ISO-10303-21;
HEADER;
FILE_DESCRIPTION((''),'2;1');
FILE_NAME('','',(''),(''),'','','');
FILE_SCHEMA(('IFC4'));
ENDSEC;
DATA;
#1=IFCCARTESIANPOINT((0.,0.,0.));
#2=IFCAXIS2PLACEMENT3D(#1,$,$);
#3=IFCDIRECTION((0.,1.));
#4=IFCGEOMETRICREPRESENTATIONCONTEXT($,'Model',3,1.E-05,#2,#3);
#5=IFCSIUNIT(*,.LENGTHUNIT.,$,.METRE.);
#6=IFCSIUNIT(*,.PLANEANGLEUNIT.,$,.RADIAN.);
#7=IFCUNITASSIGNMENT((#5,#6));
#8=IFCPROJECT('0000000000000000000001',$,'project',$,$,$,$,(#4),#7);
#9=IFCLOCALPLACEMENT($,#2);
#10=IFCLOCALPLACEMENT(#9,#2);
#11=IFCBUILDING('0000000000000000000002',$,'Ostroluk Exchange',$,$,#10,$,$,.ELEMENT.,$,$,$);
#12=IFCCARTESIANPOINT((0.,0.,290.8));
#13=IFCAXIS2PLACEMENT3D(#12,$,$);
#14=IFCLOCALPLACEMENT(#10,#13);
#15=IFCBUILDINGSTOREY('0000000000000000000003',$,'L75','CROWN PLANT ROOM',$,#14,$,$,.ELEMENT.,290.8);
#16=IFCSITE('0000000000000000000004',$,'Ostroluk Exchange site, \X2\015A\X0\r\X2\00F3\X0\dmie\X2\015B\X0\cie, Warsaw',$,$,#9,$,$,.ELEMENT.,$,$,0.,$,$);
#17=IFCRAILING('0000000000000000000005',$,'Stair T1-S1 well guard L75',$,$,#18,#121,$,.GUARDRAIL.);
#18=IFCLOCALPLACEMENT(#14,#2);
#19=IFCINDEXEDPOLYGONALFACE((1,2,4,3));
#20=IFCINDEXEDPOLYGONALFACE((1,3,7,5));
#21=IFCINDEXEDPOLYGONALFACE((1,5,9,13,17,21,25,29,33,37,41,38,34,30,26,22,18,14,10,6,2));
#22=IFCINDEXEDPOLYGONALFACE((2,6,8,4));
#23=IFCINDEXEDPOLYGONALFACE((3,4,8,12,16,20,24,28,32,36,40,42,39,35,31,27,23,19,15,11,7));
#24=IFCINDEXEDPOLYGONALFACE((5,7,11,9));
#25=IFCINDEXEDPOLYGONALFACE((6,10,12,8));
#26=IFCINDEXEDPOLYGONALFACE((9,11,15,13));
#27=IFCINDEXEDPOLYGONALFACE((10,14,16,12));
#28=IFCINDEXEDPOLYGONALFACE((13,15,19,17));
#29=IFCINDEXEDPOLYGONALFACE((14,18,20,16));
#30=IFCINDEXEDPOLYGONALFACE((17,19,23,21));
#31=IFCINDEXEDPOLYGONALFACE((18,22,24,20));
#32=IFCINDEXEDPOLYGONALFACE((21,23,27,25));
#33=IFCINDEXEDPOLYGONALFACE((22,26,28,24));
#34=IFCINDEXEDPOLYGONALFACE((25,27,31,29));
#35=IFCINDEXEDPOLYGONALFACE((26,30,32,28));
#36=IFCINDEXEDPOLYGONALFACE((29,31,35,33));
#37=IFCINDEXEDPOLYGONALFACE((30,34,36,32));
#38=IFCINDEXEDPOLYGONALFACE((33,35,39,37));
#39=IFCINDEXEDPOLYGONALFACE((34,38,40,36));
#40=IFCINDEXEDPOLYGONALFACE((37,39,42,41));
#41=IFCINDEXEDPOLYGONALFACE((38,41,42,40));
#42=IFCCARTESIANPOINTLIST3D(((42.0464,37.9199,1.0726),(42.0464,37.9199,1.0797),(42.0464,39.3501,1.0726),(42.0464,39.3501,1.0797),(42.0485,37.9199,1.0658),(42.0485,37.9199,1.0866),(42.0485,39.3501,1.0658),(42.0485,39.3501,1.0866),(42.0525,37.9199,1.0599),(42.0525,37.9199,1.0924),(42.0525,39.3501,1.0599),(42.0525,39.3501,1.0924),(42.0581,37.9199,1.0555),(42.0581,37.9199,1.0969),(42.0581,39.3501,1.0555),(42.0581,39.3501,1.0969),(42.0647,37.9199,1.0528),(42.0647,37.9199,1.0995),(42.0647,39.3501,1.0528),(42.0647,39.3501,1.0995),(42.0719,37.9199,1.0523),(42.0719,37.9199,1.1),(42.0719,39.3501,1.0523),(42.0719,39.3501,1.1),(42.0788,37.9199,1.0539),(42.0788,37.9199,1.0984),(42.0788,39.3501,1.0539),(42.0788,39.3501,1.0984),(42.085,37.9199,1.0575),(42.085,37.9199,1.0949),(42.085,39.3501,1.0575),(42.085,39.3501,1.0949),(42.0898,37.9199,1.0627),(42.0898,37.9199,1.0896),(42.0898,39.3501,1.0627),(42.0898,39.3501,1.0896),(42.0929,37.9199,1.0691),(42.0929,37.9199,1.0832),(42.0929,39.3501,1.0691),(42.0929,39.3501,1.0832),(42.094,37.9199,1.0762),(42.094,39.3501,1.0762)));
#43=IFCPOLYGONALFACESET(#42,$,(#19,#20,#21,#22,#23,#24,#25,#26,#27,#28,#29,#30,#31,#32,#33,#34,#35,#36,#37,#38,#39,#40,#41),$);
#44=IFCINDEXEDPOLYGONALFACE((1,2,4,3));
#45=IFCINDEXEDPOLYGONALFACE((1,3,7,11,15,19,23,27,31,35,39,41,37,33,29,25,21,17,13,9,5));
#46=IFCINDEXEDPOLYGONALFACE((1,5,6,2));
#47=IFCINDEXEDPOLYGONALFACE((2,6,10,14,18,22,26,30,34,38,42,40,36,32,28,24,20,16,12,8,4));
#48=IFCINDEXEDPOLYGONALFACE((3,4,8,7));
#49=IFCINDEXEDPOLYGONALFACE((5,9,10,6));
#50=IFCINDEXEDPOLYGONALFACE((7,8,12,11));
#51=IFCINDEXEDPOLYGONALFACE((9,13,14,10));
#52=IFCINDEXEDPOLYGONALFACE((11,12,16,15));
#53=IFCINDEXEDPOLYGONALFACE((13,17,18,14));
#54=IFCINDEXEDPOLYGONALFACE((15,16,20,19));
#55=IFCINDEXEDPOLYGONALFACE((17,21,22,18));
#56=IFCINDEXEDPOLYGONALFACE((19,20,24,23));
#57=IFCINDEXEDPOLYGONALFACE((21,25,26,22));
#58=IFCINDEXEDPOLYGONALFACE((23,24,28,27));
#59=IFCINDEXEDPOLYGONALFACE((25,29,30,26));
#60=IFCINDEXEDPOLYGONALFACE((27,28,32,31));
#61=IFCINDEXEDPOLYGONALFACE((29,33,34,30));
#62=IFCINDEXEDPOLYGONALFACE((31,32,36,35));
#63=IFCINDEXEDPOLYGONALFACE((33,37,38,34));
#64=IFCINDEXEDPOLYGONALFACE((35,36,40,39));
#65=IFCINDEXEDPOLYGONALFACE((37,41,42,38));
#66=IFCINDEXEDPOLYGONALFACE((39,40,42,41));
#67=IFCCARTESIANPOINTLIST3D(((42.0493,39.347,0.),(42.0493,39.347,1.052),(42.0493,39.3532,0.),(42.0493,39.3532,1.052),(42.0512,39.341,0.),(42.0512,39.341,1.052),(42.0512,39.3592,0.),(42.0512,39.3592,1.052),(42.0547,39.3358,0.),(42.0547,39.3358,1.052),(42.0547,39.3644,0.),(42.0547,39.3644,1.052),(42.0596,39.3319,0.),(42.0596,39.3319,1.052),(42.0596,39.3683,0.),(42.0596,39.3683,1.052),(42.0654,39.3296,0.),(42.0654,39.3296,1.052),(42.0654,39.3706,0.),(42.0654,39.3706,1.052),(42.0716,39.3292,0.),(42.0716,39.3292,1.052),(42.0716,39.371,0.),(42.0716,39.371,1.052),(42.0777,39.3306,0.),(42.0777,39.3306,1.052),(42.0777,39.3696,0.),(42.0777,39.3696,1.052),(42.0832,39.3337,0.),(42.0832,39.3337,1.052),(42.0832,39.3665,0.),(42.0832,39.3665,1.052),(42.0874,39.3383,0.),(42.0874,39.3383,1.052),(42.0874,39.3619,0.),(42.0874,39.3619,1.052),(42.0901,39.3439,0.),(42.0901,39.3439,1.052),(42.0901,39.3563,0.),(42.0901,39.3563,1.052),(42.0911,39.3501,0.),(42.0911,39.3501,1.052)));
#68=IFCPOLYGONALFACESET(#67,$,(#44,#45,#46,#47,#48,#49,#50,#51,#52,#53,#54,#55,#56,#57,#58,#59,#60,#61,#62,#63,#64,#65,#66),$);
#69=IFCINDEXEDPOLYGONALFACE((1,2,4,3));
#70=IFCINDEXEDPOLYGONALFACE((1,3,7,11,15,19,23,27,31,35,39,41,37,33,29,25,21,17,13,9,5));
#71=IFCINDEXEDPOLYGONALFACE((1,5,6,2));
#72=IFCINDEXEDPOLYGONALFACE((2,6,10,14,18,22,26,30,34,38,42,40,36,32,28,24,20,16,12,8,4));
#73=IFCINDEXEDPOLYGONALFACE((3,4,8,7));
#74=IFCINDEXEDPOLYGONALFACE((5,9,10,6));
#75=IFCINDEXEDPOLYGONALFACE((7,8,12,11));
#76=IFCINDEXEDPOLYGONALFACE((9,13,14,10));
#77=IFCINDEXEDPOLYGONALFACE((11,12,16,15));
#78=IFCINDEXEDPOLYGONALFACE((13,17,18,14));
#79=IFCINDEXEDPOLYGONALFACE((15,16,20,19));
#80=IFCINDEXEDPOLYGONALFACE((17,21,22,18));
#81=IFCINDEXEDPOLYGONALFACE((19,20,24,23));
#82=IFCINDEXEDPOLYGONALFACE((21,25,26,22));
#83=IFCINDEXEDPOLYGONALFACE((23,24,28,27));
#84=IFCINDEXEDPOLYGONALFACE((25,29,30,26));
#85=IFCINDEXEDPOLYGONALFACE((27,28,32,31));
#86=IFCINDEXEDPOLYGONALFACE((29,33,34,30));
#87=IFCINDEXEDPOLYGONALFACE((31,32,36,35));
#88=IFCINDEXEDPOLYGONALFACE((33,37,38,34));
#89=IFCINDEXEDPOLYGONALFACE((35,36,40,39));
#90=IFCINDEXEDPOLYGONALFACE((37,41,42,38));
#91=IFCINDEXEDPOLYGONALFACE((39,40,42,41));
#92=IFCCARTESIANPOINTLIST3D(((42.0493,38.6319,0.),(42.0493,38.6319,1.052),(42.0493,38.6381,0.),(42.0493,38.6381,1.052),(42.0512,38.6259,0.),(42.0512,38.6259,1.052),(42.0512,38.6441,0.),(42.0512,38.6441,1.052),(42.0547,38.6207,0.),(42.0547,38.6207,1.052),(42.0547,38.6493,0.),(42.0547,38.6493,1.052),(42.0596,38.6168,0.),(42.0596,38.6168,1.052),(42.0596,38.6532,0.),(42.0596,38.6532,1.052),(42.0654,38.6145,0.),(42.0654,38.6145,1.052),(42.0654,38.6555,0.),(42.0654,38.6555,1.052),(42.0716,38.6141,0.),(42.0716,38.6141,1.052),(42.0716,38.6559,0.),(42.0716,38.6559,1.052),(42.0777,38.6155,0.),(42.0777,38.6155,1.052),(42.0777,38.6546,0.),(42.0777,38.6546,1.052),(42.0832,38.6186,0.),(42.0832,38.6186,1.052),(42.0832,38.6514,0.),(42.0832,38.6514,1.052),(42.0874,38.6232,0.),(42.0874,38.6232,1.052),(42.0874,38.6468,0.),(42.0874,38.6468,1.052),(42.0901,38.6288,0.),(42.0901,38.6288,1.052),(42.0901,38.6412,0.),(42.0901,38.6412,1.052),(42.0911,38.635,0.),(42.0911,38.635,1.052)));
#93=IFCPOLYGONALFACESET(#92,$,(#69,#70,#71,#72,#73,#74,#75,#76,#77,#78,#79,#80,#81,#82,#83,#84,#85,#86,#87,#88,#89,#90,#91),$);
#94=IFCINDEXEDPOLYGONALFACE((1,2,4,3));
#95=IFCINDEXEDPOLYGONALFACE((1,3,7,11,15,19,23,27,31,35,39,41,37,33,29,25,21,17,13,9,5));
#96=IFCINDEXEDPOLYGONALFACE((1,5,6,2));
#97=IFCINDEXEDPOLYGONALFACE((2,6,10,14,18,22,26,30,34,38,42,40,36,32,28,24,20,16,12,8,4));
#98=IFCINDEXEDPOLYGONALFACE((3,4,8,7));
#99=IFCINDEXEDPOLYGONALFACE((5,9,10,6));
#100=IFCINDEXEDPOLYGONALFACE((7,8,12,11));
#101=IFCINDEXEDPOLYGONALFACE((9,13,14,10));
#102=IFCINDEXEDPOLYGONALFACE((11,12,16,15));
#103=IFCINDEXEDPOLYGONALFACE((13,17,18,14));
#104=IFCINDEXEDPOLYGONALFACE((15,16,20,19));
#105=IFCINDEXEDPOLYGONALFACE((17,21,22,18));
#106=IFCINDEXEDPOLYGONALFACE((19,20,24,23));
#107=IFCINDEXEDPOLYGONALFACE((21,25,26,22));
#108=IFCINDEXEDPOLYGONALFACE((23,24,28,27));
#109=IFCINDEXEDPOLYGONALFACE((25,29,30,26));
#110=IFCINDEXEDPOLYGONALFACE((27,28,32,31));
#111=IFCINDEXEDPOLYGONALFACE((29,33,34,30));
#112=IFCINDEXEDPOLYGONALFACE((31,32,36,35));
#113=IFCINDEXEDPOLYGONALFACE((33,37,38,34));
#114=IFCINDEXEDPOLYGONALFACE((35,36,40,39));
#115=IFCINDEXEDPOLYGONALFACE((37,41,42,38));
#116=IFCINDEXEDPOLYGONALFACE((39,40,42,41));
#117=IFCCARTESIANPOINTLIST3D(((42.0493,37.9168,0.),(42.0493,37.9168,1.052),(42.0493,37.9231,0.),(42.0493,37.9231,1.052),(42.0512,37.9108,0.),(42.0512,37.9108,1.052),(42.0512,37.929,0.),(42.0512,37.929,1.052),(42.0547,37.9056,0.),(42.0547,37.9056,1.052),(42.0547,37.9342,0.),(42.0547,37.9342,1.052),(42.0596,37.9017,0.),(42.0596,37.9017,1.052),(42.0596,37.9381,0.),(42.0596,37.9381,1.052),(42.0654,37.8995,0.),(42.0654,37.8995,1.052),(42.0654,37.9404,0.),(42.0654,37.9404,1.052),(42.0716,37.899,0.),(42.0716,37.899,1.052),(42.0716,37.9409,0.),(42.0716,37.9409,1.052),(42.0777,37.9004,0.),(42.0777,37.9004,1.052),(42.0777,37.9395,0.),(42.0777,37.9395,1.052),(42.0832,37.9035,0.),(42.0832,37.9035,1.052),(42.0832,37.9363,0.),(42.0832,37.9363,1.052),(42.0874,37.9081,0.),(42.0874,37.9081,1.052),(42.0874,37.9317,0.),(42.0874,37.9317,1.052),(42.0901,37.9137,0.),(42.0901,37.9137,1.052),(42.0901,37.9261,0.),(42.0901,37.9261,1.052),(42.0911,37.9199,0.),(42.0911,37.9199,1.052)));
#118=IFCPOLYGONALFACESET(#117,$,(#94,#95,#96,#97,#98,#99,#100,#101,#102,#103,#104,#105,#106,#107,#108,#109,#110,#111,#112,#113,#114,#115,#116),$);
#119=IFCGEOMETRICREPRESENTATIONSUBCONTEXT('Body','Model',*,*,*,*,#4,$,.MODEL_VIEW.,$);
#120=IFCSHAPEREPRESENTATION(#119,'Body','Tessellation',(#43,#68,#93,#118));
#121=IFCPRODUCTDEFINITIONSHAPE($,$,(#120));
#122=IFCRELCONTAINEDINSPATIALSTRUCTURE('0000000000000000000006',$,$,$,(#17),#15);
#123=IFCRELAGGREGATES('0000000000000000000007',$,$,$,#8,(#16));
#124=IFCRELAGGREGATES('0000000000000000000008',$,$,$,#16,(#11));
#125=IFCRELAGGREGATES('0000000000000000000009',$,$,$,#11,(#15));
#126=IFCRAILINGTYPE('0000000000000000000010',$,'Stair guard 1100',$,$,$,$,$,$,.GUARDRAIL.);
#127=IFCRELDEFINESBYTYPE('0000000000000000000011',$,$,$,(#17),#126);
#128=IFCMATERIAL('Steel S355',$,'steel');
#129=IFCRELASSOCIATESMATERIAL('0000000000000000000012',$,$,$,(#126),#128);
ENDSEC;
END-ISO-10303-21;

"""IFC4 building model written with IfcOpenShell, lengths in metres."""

from ifc_helpers import new_model, si_unit, direction, frame, origin, origin_2d, place, context, subcontext, project, spatial, circle, extrude, material, type_object, element, save


model = new_model("IFC4")

# Units and contexts
model_context = context("Model", 3, precision=1e-05, world=origin(), true_north=direction((0.0, 1.0)))
body_context = subcontext(model_context, "Body", "Model", "MODEL_VIEW")
ifc_project = project(units=[si_unit("LENGTHUNIT", "METRE"), si_unit("PLANEANGLEUNIT", "RADIAN")], contexts=[model_context])

# Site, building, storey
site_placement = place(None, origin())
site = spatial("IfcSite", under=ifc_project, at=site_placement, Name="Ostroluk Exchange site, Śródmieście, Warsaw", CompositionType="ELEMENT", RefElevation=0.0)
building_placement = place(site_placement, origin())
building = spatial("IfcBuilding", under=site, at=building_placement, Name="Ostroluk Exchange", CompositionType="ELEMENT")
storey_placement = place(building_placement, frame((0.0, 0.0, 290.8)))
storey = spatial("IfcBuildingStorey", under=building, at=storey_placement, Name="L75", Description="CROWN PLANT ROOM", CompositionType="ELEMENT", Elevation=290.8)

# Railing
ifc_material_1 = material(Name="Steel S355", Category="steel")
railing_type = type_object("IfcRailingType", Name="Stair guard 1100", PredefinedType="GUARDRAIL", material=ifc_material_1)
railing_placement = place(storey_placement, frame((42.0701, 39.3501, 0.0)))
element("IfcRailing", 1, at=railing_placement, inside=storey, type_object=railing_type, Name="Stair T1-S1 well guard L75", PredefinedType="GUARDRAIL", context=body_context, shape_type="SweptSolid", body=[
    extrude(circle(Radius=0.0239, at=origin_2d()), frame((0.0, 0.0, 1.0762), z_axis=(0.0, -1.0, 0.0), x_axis=(1.0, 0.0, 0.0)), (0.0, 0.0, 1.0), 1.4302),
    extrude(circle(Radius=0.021, at=origin_2d()), origin(), (0.0, 0.0, 1.0), 1.052),
    extrude(circle(Radius=0.021, at=origin_2d()), frame((0.0, -0.7151, 0.0)), (0.0, 0.0, 1.0), 1.052),
    extrude(circle(Radius=0.021, at=origin_2d()), frame((0.0, -1.4302, 0.0)), (0.0, 0.0, 1.0), 1.052),
])

save(model, "model.ifc")
